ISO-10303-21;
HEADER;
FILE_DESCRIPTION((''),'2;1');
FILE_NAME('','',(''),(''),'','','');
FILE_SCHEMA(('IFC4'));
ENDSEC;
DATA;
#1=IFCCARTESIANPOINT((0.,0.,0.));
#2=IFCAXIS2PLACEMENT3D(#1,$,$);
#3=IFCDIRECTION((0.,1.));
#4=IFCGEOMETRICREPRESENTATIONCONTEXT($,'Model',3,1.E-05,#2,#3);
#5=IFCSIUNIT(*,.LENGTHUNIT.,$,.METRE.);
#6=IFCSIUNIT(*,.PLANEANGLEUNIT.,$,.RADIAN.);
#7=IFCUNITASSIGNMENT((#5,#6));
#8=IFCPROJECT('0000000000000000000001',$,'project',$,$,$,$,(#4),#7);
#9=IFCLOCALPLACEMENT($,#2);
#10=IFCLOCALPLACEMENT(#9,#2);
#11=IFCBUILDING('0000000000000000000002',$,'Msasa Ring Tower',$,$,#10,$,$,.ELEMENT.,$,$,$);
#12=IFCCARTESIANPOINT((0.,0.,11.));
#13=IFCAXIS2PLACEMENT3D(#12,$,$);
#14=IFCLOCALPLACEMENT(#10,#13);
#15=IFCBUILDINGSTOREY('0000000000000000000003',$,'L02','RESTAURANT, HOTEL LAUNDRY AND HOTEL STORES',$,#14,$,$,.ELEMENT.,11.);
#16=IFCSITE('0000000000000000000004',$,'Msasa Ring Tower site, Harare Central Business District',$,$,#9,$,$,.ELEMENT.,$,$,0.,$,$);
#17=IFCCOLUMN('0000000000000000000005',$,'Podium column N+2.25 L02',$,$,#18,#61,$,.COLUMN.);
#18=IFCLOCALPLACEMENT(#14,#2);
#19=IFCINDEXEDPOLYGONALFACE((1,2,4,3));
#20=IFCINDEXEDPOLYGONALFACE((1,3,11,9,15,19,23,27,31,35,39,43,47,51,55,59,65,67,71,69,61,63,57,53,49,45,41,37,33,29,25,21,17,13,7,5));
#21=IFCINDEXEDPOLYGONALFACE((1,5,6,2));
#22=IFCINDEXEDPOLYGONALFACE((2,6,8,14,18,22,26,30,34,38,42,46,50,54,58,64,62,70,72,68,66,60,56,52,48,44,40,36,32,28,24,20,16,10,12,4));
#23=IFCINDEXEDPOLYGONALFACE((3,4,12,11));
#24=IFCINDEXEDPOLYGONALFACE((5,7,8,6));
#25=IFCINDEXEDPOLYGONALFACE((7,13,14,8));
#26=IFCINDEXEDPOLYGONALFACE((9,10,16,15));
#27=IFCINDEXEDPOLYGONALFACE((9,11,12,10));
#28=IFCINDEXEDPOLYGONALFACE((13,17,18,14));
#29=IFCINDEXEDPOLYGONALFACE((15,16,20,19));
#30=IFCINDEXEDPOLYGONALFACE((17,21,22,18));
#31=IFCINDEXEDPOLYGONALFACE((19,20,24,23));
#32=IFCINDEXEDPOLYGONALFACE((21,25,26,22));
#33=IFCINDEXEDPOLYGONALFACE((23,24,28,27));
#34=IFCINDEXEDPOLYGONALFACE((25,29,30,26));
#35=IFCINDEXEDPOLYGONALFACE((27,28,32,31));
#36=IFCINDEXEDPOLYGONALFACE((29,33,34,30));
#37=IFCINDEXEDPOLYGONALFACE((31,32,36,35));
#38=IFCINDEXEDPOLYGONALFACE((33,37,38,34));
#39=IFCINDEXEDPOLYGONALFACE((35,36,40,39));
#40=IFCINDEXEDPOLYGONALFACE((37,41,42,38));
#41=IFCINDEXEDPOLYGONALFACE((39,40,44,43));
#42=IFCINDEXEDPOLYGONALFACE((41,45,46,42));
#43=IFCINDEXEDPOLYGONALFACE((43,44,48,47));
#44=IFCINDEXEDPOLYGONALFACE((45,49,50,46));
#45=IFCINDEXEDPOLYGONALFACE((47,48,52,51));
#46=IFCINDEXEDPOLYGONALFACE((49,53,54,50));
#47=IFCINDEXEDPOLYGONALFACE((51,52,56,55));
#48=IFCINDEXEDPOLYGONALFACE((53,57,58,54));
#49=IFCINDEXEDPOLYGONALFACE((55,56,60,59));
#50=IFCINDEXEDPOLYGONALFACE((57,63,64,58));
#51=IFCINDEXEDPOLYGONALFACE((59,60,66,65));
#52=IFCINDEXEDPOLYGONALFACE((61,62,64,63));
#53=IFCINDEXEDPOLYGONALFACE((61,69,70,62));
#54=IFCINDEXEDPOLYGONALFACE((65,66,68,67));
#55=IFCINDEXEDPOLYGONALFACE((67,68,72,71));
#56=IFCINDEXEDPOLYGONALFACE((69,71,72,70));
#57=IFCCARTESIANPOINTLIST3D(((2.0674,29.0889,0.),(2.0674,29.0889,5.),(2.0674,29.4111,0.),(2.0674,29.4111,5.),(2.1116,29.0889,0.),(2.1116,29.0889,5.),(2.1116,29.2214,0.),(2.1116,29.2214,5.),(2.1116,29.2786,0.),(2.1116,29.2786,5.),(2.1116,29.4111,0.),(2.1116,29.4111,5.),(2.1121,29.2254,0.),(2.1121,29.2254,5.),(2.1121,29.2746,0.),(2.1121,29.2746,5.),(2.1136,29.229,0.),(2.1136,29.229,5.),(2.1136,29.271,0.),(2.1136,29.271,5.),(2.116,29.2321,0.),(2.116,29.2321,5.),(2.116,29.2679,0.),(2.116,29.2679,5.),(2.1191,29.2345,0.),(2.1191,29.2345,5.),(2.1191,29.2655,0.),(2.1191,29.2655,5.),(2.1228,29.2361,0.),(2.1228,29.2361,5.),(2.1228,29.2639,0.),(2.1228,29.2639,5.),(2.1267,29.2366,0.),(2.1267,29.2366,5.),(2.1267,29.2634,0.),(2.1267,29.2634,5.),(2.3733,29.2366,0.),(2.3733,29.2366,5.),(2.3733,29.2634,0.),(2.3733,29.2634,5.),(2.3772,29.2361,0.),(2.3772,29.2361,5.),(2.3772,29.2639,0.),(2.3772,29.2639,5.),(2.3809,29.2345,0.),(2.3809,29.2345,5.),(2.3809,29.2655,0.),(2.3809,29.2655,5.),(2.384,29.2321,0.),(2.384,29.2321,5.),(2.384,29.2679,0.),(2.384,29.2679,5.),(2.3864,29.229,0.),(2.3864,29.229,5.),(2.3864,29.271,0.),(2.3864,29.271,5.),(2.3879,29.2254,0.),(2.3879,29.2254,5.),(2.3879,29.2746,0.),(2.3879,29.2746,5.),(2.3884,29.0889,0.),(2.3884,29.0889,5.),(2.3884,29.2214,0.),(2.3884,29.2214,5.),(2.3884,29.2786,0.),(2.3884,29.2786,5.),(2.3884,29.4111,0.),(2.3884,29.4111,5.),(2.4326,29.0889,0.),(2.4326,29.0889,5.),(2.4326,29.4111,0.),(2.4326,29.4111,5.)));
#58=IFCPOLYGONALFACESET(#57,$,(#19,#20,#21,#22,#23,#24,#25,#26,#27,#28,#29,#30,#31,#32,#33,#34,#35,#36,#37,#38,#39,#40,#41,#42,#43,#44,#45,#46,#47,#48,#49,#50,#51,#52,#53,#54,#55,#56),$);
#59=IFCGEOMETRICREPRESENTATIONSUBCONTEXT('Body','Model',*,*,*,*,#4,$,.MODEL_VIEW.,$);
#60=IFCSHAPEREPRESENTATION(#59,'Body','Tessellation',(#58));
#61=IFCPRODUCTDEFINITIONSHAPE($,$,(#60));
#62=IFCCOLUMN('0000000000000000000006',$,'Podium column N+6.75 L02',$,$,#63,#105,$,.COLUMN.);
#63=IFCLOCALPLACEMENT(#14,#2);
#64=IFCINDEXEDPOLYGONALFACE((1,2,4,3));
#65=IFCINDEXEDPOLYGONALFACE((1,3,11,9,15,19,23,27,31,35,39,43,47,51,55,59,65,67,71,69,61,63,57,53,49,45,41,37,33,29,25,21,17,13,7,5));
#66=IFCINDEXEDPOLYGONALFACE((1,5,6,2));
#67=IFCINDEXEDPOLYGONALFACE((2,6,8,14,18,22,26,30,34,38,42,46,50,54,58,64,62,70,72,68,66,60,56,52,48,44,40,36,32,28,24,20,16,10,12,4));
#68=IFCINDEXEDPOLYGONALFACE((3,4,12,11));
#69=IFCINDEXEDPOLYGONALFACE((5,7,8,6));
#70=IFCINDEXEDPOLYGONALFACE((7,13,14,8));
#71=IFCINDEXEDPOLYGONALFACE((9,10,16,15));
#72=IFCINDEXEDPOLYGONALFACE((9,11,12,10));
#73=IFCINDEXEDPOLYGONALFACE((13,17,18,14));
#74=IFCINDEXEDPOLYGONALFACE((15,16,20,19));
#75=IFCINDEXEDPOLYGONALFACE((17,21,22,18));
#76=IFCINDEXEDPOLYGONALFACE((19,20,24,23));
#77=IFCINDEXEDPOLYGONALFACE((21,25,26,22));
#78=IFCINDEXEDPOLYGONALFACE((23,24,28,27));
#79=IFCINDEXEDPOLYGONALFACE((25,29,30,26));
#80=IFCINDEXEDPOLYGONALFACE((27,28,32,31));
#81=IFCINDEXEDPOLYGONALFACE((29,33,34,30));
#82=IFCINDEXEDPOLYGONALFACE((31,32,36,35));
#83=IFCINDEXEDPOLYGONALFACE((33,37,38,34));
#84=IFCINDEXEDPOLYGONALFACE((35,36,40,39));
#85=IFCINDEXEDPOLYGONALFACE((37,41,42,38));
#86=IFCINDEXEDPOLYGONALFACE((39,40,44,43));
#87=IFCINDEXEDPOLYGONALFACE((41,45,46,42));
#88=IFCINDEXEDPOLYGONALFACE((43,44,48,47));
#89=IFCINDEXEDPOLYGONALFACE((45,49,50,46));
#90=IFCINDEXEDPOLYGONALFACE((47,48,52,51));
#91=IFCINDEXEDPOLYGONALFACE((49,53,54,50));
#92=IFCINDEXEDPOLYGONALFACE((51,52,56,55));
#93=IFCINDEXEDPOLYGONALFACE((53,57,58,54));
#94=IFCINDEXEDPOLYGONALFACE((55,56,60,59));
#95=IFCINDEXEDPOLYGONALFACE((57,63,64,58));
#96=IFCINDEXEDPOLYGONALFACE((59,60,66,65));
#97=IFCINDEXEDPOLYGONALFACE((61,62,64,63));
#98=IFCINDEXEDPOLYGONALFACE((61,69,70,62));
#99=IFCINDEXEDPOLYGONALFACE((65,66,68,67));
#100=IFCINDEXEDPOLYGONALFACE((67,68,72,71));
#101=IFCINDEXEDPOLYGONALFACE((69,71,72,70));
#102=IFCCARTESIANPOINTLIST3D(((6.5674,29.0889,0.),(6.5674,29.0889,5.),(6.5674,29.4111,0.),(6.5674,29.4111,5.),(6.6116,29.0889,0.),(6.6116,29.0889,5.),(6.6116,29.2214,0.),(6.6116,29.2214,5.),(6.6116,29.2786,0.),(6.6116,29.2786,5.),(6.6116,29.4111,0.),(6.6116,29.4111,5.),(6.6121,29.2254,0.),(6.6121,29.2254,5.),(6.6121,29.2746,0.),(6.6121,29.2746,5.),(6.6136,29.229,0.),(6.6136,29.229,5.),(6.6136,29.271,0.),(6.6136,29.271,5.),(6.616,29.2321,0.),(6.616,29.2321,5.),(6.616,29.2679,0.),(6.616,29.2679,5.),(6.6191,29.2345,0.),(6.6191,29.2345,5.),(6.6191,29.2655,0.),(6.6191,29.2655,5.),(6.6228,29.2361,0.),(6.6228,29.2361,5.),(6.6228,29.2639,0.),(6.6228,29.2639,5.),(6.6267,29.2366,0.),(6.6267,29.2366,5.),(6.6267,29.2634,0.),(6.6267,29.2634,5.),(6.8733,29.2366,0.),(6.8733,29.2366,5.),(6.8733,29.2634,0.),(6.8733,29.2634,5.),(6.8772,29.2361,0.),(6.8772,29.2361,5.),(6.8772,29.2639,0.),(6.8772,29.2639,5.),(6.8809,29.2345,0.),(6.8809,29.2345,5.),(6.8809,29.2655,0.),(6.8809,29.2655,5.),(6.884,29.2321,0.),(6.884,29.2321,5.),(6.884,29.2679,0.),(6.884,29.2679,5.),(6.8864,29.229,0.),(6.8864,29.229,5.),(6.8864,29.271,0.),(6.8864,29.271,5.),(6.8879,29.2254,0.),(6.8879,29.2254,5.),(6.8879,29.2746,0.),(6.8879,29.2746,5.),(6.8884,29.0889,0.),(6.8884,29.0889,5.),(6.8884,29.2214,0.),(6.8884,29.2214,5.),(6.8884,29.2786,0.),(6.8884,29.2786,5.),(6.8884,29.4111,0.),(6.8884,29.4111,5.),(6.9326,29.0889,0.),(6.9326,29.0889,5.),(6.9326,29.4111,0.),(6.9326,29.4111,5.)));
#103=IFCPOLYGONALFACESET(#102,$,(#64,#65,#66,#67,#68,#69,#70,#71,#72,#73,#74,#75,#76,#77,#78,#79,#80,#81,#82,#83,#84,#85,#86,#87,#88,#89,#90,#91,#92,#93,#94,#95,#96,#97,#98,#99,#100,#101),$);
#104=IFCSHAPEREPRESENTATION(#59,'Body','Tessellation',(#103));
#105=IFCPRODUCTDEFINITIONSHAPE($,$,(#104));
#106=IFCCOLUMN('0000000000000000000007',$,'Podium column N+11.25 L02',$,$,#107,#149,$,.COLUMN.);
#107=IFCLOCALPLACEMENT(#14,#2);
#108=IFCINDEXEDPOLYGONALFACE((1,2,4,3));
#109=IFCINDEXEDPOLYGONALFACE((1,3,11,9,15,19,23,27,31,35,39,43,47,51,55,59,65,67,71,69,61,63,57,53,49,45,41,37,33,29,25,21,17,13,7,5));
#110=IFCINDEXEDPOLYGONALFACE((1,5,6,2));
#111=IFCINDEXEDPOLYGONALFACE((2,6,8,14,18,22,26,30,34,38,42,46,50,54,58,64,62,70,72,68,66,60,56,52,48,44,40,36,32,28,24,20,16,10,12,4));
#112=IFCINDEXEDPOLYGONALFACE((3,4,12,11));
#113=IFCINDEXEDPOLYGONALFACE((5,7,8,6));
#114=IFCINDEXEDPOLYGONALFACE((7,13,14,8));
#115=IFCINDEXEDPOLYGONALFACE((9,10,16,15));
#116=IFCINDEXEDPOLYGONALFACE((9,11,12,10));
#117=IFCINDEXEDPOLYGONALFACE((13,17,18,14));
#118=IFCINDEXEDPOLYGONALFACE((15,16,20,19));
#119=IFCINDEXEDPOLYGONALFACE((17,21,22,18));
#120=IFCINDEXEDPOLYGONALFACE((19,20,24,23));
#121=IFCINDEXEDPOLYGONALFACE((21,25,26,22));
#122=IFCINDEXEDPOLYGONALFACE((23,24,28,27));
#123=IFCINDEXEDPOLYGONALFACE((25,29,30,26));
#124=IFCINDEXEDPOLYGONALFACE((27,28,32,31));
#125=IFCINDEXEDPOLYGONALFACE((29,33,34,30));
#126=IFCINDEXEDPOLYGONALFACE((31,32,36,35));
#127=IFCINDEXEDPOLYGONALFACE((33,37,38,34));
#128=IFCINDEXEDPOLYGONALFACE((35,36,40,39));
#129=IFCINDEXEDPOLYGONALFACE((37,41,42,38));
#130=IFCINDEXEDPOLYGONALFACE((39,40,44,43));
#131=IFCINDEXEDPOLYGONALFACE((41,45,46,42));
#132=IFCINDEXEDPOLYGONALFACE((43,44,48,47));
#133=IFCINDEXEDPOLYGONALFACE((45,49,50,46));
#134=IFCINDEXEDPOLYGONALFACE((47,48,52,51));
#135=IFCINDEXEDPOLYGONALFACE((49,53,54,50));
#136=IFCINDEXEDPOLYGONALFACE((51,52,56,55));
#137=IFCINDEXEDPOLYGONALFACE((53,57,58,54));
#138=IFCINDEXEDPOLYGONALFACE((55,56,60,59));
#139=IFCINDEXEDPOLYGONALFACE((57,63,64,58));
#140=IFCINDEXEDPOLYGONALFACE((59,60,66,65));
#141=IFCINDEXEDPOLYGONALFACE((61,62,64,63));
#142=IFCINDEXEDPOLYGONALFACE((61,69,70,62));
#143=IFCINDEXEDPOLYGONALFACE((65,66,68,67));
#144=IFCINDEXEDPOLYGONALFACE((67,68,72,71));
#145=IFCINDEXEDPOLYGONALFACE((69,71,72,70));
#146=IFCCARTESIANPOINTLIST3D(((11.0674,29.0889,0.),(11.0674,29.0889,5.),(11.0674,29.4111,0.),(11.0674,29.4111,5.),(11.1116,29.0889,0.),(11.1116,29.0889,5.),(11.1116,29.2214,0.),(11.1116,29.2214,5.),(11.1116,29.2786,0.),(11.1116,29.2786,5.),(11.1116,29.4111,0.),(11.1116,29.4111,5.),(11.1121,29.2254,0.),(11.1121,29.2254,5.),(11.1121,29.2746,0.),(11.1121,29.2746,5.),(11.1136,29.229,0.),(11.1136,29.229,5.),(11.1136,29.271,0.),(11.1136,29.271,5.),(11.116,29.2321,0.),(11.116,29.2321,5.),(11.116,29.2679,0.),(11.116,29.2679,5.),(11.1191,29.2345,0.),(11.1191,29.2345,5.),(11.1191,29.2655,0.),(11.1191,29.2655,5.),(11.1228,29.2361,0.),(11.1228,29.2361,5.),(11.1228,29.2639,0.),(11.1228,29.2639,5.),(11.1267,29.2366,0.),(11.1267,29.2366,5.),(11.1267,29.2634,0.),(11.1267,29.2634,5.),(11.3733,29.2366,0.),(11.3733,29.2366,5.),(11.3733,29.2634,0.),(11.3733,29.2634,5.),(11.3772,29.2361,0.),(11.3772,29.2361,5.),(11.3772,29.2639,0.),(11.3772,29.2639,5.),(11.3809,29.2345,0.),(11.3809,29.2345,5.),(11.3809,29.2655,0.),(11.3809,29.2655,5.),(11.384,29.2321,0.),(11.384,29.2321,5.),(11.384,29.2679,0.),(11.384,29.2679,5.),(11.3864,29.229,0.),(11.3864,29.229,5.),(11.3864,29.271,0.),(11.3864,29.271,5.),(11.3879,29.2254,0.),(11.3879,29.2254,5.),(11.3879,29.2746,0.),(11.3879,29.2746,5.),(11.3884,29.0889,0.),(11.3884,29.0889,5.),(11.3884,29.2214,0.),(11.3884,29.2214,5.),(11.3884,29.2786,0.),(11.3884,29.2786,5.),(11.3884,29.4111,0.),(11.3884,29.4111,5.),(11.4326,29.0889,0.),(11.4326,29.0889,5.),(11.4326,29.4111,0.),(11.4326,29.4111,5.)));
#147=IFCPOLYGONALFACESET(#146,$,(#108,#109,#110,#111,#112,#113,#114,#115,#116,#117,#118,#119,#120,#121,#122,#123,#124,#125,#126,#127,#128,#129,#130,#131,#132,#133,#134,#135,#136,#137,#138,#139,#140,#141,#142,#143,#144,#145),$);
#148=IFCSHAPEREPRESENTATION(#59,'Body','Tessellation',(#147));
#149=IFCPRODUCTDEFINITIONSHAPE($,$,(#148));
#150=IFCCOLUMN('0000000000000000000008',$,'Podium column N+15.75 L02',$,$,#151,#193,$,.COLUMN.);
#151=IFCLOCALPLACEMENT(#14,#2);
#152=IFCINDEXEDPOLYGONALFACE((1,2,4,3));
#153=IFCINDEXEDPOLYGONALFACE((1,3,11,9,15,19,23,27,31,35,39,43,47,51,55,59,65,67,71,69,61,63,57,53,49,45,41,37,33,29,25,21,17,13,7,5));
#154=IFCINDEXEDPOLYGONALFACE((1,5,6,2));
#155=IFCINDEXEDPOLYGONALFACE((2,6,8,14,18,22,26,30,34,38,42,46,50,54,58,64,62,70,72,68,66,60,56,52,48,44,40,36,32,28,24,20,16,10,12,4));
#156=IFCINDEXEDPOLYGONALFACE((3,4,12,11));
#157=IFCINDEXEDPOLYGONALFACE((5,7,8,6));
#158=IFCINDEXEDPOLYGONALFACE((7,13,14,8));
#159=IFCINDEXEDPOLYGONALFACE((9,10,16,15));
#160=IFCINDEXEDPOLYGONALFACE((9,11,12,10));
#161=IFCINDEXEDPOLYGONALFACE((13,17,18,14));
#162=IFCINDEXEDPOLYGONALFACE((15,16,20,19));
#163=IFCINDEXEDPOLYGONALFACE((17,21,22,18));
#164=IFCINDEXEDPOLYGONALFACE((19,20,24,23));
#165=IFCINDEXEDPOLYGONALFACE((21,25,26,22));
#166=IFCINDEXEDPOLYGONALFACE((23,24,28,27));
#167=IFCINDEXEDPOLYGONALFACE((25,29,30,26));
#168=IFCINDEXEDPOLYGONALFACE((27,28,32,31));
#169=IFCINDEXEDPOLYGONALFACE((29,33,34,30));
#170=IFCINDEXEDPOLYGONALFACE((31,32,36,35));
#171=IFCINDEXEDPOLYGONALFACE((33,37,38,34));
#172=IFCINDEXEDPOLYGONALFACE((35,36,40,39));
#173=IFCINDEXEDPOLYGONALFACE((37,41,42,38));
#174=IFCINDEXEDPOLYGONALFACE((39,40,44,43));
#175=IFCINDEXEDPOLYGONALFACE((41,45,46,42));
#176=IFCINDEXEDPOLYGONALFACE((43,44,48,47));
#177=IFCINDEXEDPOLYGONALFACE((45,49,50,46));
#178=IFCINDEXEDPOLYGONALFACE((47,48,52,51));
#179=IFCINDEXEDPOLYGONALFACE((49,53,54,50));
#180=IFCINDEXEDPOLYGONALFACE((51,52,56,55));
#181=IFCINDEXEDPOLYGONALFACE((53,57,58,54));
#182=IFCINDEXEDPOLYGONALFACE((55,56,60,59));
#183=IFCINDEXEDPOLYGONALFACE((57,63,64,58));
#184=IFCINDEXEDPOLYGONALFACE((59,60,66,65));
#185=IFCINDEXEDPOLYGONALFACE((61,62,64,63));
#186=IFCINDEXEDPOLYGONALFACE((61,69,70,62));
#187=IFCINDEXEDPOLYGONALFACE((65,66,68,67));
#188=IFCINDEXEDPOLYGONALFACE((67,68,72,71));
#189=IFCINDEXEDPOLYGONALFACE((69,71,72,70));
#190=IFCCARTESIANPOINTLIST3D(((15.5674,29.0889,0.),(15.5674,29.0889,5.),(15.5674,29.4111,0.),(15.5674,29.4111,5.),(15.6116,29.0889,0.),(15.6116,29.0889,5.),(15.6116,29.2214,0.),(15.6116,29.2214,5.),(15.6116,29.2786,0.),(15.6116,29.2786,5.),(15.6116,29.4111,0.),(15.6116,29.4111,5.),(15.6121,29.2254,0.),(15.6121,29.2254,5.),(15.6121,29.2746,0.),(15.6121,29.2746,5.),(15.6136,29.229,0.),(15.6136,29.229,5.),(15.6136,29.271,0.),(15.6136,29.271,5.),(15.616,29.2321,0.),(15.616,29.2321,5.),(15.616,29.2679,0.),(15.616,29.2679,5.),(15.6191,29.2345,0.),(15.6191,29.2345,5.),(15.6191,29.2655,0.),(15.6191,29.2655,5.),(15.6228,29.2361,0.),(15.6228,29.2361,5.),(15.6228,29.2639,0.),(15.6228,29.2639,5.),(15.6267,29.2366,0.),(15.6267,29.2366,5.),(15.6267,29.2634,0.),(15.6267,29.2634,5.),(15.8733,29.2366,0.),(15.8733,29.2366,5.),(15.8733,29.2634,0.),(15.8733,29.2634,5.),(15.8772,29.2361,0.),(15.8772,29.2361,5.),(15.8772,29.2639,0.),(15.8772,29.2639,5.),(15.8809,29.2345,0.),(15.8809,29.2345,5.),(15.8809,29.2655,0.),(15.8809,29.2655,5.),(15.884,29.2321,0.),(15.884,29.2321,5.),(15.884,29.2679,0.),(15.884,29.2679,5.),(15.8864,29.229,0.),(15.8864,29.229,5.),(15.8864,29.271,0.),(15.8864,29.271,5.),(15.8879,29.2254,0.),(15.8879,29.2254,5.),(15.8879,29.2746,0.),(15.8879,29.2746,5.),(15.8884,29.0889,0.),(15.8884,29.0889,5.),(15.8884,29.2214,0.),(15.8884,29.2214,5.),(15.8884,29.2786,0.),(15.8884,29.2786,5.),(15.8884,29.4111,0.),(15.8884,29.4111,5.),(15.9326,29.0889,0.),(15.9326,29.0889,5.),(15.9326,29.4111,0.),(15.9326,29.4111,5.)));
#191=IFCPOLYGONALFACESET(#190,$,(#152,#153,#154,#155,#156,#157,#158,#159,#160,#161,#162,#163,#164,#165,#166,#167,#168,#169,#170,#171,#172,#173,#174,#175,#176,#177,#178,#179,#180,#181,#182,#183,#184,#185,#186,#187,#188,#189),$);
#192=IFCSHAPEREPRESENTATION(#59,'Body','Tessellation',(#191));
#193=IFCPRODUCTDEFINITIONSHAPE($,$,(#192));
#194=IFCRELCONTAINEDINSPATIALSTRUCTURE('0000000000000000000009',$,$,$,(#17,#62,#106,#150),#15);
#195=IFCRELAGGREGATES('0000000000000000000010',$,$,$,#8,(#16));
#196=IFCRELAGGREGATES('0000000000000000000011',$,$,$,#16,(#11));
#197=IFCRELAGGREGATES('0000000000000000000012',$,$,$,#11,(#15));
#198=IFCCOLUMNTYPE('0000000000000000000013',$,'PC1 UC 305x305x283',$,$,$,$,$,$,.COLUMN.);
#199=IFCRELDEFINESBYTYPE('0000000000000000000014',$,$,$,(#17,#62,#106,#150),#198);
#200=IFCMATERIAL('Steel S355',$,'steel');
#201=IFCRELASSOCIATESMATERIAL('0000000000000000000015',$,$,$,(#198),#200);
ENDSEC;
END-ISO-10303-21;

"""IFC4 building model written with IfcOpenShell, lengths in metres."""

from ifc_helpers import new_model, si_unit, direction, frame, origin, origin_2d, place, context, subcontext, project, spatial, i_section, extrude, material, material_profile, profile_set, type_object, element, save


model = new_model("IFC4")

# Units and contexts
model_context = context("Model", 3, precision=1e-05, world=origin(), true_north=direction((0.0, 1.0)))
body_context = subcontext(model_context, "Body", "Model", "MODEL_VIEW")
ifc_project = project(units=[si_unit("LENGTHUNIT", "METRE"), si_unit("PLANEANGLEUNIT", "RADIAN")], contexts=[model_context])

# Site, building, storey
site_placement = place(None, origin())
site = spatial("IfcSite", under=ifc_project, at=site_placement, Name="Msasa Ring Tower site, Harare Central Business District", CompositionType="ELEMENT", RefElevation=0.0)
building_placement = place(site_placement, origin())
building = spatial("IfcBuilding", under=site, at=building_placement, Name="Msasa Ring Tower", CompositionType="ELEMENT")
storey_placement = place(building_placement, frame((0.0, 0.0, 11.0)))
storey = spatial("IfcBuildingStorey", under=building, at=storey_placement, Name="L02", Description="RESTAURANT, HOTEL LAUNDRY AND HOTEL STORES", CompositionType="ELEMENT", Elevation=11.0)

# Columns
ifc_material_1 = material(Name="Steel S355", Category="steel")
ifc_material_profile_1 = material_profile(ifc_material_1, i_section(OverallWidth=0.3223, OverallDepth=0.3652, WebThickness=0.0269, FlangeThickness=0.0442, FilletRadius=0.0151, at=origin_2d()), Name="UC 305x305x283")
ifc_profile_set_1 = profile_set([ifc_material_profile_1], Name="Steel S355")
column_type = type_object("IfcColumnType", Name="PC1 UC 305x305x283", PredefinedType="COLUMN", material=ifc_profile_set_1)
for number, where, z_axis, x_axis, name in (
    (1, (2.25, 29.25, 0.0), (0.0, 0.0, 1.0), (0.0, 1.0, 0.0), "Podium column N+2.25 L02"),
    (2, (6.75, 29.25, 0.0), (0.0, 0.0, 1.0), (0.0, 1.0, 0.0), "Podium column N+6.75 L02"),
    (3, (11.25, 29.25, 0.0), (0.0, 0.0, 1.0), (0.0, 1.0, 0.0), "Podium column N+11.25 L02"),
    (4, (15.75, 29.25, 0.0), (0.0, 0.0, 1.0), (0.0, 1.0, 0.0), "Podium column N+15.75 L02"),
):
    element("IfcColumn", number, at=place(storey_placement, frame(where, z_axis=z_axis, x_axis=x_axis)), inside=storey, type_object=column_type, Name=name, PredefinedType="COLUMN", context=body_context, shape_type="SweptSolid", body=[
        extrude(i_section(OverallWidth=0.3223, OverallDepth=0.3652, WebThickness=0.0269, FlangeThickness=0.0442, FilletRadius=0.0151, at=origin_2d()), origin(), (0.0, 0.0, 1.0), 5.0),
    ])

save(model, "model.ifc")
